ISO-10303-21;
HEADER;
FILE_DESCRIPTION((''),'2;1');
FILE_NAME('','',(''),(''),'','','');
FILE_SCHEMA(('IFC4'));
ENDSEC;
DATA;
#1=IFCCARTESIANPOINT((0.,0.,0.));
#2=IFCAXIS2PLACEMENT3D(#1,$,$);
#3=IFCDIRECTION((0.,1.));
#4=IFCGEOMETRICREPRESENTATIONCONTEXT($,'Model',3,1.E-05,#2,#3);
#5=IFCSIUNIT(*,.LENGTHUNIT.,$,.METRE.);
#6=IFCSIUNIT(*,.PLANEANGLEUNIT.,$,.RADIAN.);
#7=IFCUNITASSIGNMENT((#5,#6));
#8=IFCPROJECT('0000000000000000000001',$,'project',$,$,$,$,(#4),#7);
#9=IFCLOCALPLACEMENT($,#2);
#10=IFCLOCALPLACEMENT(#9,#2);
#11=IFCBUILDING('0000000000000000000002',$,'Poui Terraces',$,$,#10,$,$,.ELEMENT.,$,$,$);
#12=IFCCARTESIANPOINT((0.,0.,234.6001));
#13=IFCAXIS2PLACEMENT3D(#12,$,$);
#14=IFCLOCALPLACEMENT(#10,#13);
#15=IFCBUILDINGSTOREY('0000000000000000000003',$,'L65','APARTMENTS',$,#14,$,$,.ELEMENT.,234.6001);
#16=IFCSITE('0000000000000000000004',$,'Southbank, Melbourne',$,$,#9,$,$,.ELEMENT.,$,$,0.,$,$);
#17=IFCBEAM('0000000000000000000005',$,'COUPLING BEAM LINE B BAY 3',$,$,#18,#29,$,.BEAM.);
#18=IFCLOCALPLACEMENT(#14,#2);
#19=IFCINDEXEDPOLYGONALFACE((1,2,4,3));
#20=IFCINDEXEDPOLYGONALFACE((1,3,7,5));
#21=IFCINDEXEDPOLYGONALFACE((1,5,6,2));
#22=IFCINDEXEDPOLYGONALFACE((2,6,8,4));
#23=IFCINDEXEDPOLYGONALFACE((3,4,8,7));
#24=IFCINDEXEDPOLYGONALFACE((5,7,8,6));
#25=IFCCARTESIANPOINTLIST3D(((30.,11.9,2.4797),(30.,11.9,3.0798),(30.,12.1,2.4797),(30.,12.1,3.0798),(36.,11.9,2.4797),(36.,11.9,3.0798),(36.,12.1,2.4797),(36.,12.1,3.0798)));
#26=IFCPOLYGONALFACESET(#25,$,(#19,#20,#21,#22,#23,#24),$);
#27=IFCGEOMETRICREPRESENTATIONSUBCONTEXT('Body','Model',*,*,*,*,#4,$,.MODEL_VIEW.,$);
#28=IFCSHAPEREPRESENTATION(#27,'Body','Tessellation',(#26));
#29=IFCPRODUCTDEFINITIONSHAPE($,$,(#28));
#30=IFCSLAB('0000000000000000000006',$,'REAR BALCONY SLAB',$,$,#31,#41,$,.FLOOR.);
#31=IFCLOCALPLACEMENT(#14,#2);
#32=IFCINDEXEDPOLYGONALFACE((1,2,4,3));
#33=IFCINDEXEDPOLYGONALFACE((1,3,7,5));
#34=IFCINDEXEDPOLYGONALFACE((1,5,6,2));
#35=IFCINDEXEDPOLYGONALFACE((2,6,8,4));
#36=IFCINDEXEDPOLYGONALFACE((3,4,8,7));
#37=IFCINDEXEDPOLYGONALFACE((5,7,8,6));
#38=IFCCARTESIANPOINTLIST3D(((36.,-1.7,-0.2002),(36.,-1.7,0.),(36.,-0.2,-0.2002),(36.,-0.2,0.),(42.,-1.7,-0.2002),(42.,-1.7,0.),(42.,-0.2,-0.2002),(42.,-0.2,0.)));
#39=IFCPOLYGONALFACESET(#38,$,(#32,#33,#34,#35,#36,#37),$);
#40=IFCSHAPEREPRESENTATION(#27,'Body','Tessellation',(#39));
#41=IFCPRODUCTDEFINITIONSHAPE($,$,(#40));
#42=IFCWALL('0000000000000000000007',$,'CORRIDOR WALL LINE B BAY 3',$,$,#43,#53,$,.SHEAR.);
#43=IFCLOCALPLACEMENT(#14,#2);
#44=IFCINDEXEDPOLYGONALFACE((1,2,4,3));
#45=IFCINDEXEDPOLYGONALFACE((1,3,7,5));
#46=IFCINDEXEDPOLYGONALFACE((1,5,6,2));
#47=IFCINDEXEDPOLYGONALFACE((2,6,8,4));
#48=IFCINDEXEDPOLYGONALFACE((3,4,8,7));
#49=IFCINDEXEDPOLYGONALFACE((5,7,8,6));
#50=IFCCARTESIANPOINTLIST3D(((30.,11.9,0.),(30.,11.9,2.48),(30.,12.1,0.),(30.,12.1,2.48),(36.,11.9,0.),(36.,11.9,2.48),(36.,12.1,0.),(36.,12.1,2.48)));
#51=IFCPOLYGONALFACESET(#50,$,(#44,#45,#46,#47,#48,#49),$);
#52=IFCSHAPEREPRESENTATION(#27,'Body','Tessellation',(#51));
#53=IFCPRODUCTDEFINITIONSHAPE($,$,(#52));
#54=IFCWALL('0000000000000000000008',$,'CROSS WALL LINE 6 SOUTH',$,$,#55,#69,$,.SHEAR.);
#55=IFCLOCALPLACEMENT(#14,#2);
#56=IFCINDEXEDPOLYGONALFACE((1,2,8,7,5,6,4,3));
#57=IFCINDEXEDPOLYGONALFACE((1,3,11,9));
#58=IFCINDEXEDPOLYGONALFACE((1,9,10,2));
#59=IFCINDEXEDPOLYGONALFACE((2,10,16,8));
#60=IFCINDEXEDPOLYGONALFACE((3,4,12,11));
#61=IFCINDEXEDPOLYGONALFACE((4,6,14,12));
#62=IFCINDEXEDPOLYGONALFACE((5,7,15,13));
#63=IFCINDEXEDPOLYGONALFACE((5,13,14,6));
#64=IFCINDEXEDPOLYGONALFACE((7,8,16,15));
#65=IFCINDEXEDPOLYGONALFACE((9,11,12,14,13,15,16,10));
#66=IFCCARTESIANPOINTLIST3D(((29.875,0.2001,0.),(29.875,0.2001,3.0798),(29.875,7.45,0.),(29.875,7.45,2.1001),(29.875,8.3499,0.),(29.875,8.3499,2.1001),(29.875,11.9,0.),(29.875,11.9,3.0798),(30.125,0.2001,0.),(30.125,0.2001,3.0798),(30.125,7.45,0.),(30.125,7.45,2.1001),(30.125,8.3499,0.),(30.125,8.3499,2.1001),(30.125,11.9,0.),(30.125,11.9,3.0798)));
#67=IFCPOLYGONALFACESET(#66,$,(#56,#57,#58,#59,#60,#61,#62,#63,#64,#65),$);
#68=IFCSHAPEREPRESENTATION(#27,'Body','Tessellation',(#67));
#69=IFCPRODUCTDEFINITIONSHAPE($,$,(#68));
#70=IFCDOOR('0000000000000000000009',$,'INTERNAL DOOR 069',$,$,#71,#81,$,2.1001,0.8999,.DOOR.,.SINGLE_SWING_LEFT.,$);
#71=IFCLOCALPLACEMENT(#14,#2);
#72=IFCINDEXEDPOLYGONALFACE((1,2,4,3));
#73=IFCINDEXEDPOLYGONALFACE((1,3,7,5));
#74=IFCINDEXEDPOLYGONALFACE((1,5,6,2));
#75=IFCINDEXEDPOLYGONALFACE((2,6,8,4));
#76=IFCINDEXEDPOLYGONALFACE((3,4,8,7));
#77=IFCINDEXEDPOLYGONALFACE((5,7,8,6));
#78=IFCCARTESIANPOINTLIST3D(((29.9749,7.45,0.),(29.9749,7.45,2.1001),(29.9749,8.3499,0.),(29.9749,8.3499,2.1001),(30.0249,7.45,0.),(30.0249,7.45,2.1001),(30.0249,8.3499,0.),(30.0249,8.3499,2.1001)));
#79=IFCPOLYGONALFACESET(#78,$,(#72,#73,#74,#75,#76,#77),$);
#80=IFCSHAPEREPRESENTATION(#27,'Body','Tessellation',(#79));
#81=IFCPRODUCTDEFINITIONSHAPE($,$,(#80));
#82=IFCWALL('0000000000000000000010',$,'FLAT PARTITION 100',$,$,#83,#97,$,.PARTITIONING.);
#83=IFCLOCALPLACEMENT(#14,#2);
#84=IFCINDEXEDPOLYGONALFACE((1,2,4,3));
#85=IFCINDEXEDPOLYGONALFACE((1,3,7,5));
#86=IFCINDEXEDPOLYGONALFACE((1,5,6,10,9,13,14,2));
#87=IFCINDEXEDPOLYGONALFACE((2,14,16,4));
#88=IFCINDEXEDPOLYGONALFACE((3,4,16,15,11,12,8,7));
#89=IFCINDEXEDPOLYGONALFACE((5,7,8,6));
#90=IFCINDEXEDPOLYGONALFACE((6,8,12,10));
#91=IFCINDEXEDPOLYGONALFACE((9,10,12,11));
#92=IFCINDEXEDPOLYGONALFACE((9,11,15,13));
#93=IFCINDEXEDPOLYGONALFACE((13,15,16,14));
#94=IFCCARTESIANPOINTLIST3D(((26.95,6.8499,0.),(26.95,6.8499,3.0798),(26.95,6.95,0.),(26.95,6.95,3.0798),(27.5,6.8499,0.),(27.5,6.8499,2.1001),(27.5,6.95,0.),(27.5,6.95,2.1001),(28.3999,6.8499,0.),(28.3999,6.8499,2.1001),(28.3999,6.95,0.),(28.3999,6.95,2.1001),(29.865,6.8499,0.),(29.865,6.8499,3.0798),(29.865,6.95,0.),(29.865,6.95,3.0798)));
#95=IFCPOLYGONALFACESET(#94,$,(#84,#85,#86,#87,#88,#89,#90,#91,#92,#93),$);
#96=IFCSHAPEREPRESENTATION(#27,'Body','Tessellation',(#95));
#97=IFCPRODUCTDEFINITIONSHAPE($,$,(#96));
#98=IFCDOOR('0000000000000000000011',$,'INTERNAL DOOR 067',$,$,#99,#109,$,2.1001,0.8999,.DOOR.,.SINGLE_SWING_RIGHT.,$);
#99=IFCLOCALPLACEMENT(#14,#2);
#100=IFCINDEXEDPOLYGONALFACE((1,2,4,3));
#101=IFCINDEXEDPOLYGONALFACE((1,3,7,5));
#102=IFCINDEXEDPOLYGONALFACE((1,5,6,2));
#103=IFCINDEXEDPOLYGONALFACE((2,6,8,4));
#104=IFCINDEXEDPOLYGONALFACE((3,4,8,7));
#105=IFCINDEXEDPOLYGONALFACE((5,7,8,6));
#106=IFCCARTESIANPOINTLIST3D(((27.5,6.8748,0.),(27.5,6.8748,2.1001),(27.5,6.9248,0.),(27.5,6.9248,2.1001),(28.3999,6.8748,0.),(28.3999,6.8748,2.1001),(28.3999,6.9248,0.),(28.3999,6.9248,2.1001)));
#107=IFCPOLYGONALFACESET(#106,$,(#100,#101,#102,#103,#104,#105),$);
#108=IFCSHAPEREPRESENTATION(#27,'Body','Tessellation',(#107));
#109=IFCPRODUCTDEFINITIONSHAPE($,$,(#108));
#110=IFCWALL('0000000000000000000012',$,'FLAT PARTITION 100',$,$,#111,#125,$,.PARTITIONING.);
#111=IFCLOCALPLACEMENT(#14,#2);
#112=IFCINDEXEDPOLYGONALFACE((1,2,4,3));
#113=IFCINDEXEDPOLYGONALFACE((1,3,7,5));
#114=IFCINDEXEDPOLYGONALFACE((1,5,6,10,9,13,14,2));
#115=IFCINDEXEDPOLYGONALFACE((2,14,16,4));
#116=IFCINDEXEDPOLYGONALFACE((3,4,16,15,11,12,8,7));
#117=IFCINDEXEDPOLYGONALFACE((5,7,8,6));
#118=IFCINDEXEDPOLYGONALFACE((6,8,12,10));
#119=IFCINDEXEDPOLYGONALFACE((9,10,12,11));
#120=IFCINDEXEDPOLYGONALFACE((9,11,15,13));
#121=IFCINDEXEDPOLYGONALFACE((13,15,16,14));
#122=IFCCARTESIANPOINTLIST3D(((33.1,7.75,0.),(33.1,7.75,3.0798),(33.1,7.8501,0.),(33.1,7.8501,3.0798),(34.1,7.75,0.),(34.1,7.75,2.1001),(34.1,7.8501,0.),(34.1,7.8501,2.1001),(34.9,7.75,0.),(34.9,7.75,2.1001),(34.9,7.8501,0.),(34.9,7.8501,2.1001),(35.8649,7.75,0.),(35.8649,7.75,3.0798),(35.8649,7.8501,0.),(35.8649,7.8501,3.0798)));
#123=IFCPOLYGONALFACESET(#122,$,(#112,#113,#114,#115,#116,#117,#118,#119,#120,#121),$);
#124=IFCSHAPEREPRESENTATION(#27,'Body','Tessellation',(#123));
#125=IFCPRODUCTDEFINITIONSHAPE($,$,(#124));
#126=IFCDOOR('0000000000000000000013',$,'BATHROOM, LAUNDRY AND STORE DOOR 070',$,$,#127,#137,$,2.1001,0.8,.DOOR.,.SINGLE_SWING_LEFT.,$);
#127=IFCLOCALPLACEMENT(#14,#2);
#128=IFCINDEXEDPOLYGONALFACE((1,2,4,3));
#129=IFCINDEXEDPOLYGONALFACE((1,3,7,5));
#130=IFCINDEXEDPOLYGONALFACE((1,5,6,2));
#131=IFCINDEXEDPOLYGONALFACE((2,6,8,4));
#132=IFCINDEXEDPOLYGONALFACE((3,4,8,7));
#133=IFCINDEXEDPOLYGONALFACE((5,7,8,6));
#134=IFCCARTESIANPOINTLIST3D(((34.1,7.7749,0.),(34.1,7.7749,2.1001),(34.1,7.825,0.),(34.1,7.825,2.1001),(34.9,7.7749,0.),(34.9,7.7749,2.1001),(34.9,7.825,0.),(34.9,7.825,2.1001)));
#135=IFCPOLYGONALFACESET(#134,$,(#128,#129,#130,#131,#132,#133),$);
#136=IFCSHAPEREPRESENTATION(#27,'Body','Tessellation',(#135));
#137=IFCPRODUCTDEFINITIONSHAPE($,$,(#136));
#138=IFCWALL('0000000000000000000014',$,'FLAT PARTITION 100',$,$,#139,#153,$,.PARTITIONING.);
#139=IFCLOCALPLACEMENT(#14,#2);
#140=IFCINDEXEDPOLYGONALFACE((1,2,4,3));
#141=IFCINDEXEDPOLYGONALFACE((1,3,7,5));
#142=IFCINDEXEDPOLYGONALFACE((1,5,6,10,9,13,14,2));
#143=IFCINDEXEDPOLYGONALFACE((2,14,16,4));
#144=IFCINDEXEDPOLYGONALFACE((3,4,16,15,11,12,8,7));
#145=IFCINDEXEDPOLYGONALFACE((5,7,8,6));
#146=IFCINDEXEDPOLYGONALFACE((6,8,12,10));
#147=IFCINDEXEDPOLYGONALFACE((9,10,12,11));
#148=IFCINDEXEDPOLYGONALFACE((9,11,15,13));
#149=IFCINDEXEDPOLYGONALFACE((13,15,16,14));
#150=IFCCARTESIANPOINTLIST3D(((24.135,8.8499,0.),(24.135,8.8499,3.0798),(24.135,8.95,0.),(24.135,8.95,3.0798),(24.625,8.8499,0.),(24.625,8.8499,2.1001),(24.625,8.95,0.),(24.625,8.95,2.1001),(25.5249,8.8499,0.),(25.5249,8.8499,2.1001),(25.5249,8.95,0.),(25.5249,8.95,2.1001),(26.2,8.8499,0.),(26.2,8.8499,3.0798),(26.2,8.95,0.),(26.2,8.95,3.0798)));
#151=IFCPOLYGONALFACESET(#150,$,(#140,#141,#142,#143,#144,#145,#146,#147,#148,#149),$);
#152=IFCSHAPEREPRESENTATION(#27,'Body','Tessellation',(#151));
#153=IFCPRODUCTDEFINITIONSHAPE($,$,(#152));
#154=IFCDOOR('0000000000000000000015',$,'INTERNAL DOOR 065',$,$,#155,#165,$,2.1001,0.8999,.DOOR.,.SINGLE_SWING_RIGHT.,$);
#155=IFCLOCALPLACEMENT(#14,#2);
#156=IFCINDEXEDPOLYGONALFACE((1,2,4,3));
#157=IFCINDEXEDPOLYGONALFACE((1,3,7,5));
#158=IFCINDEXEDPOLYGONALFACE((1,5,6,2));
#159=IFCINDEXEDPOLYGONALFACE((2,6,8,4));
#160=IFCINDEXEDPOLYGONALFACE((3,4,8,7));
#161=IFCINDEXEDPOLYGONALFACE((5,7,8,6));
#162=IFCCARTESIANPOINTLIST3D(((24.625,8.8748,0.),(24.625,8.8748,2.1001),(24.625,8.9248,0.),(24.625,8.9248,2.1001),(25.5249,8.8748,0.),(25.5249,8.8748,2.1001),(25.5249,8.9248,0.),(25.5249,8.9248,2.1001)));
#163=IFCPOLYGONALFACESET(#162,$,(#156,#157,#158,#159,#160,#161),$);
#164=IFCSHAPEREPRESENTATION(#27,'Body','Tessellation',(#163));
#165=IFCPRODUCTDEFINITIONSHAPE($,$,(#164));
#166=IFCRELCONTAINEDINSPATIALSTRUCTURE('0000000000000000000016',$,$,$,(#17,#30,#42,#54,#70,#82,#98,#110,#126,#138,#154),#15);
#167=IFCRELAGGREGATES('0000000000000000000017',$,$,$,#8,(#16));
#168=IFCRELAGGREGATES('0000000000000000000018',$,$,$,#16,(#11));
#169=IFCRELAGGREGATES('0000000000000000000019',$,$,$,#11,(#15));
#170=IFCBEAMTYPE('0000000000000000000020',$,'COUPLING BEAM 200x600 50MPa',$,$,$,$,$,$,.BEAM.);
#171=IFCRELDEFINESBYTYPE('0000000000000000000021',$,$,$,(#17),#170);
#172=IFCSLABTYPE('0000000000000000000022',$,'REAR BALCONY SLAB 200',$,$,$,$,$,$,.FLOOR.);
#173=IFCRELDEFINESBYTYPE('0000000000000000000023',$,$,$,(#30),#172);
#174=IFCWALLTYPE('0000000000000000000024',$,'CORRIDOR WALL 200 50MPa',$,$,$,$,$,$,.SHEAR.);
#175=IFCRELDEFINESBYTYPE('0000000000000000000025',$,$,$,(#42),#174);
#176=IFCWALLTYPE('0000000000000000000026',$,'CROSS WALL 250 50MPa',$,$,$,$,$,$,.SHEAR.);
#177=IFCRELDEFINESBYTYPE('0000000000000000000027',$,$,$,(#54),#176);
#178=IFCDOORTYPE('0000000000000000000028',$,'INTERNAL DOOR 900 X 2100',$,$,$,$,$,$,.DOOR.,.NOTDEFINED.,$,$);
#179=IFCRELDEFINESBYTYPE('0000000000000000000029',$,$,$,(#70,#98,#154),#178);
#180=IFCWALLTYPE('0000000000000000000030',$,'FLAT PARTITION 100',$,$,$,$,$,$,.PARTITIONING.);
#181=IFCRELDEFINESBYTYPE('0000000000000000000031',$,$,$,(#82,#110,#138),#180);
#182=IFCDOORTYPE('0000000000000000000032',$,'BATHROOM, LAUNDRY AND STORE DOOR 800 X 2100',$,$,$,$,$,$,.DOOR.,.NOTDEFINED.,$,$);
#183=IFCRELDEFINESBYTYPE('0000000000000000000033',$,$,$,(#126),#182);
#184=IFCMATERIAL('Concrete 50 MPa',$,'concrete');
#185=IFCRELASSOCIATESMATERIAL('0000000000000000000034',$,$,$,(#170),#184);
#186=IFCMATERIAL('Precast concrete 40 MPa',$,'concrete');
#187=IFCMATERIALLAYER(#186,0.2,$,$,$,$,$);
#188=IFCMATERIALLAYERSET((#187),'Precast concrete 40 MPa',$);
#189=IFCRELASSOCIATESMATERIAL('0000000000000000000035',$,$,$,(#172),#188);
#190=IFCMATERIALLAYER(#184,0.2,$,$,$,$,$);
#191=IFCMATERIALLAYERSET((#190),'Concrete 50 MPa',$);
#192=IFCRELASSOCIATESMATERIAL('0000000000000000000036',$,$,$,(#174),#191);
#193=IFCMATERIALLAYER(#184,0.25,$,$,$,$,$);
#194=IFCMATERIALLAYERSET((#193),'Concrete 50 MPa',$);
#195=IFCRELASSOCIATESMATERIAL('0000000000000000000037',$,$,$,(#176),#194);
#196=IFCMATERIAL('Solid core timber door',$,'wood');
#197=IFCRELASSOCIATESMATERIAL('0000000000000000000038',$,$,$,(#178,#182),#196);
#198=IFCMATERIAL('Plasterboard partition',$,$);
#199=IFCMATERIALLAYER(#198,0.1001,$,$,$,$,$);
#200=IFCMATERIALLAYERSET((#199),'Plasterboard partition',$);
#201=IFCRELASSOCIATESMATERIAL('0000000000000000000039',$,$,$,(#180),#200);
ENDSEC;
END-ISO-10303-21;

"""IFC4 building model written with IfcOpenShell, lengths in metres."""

from ifc_helpers import new_model, si_unit, direction, frame, frame_2d, origin, origin_2d, place, context, subcontext, project, spatial, polyline, rectangle, outline, extrude, source, transform, mapped, material, layer, layer_set, material_profile, profile_set, type_object, element, fill, save


model = new_model("IFC4")

# Units and contexts
model_context = context("Model", 3, precision=1e-05, world=origin(), true_north=direction((0.0, 1.0)))
body_context = subcontext(model_context, "Body", "Model", "MODEL_VIEW")
ifc_project = project(units=[si_unit("LENGTHUNIT", "METRE"), si_unit("PLANEANGLEUNIT", "RADIAN")], contexts=[model_context])

# Site, building, storey
site_placement = place(None, origin())
site = spatial("IfcSite", under=ifc_project, at=site_placement, Name="Southbank, Melbourne", CompositionType="ELEMENT", RefElevation=0.0)
building_placement = place(site_placement, origin())
building = spatial("IfcBuilding", under=site, at=building_placement, Name="Poui Terraces", CompositionType="ELEMENT")
storey_placement = place(building_placement, frame((0.0, 0.0, 234.6001)))
storey = spatial("IfcBuildingStorey", under=building, at=storey_placement, Name="L65", Description="APARTMENTS", CompositionType="ELEMENT", Elevation=234.6001)

# Beam
ifc_material_1 = material(Name="Concrete 50 MPa", Category="concrete")
ifc_material_profile_1 = material_profile(ifc_material_1, rectangle(XDim=0.2, YDim=0.6001, at=origin_2d()), Name="RC 200x600")
ifc_profile_set_1 = profile_set([ifc_material_profile_1], Name="Concrete 50 MPa")
beam_type = type_object("IfcBeamType", Name="COUPLING BEAM 200x600 50MPa", PredefinedType="BEAM", material=ifc_profile_set_1)
shared_shape_1 = source(origin(), body_context, "Body", "SweptSolid", [
    extrude(rectangle(XDim=0.2, YDim=0.6001, at=origin_2d()), origin(), (0.0, 0.0, 1.0), 6.0),
])
beam_placement = place(storey_placement, frame((30.0, 12.0, 2.7798), z_axis=(1.0, 0.0, 0.0), x_axis=(0.0, 1.0, 0.0)))
element("IfcBeam", 1, at=beam_placement, inside=storey, type_object=beam_type, Name="COUPLING BEAM LINE B BAY 3", PredefinedType="BEAM", context=body_context, shape_type="MappedRepresentation", body=[
    mapped(shared_shape_1, transform((0.0, 0.0, 0.0))),
])

# Slab
ifc_material_2 = material(Name="Precast concrete 40 MPa", Category="concrete")
ifc_layer_1 = layer(ifc_material_2, 0.2)
ifc_layer_set_1 = layer_set([ifc_layer_1], Name="Precast concrete 40 MPa")
slab_type = type_object("IfcSlabType", Name="REAR BALCONY SLAB 200", PredefinedType="FLOOR", material=ifc_layer_set_1)
shared_shape_2 = source(origin(), body_context, "Body", "SweptSolid", [
    extrude(outline(polyline([(0.0, 0.0), (6.0, 0.0), (6.0, 1.5), (0.0, 1.5), (0.0, 0.0)])), origin(), (0.0, 0.0, 1.0), 0.2002),
])
slab_placement = place(storey_placement, frame((36.0, -1.7, -0.2002)))
element("IfcSlab", 2, at=slab_placement, inside=storey, type_object=slab_type, Name="REAR BALCONY SLAB", PredefinedType="FLOOR", context=body_context, shape_type="MappedRepresentation", body=[
    mapped(shared_shape_2, transform((0.0, 0.0, 0.0))),
])

# Wall
ifc_layer_2 = layer(ifc_material_1, 0.2)
ifc_layer_set_2 = layer_set([ifc_layer_2], Name="Concrete 50 MPa")
wall_type_1 = type_object("IfcWallType", Name="CORRIDOR WALL 200 50MPa", PredefinedType="SHEAR", material=ifc_layer_set_2)
wall_1_placement = place(storey_placement, frame((30.0, 12.0, 0.0), z_axis=(0.0, 0.0, 1.0), x_axis=(1.0, 0.0, 0.0)))
element("IfcWall", 3, at=wall_1_placement, inside=storey, type_object=wall_type_1, Name="CORRIDOR WALL LINE B BAY 3", PredefinedType="SHEAR", context=body_context, shape_type="SweptSolid", body=[
    extrude(rectangle(XDim=6.0, YDim=0.2, at=frame_2d((3.0, 0.0))), origin(), (0.0, 0.0, 1.0), 2.48),
])

# Walls, openings, doors
ifc_layer_3 = layer(ifc_material_1, 0.25)
ifc_layer_set_3 = layer_set([ifc_layer_3], Name="Concrete 50 MPa")
wall_type_2 = type_object("IfcWallType", Name="CROSS WALL 250 50MPa", PredefinedType="SHEAR", material=ifc_layer_set_3)
wall_2_placement = place(storey_placement, frame((30.0, 0.2, 0.0), z_axis=(0.0, 0.0, 1.0), x_axis=(0.0, 1.0, 0.0)))
wall_2 = element("IfcWall", 4, at=wall_2_placement, inside=storey, type_object=wall_type_2, Name="CROSS WALL LINE 6 SOUTH", PredefinedType="SHEAR", context=body_context, shape_type="SweptSolid", body=[
    extrude(rectangle(XDim=11.7, YDim=0.25, at=frame_2d((5.8501, 0.0))), origin(), (0.0, 0.0, 1.0), 3.0798),
])
opening_1_placement = place(wall_2_placement, frame((7.25, 0.0, 0.0)))
opening_1 = element("IfcOpeningElement", 5, at=opening_1_placement, cuts=wall_2, PredefinedType="OPENING", context=body_context, shape_type="SweptSolid", body=[
    extrude(rectangle(XDim=0.8999, YDim=2.1001, at=frame_2d((0.45, 1.05))), frame((0.0, 0.135, 0.0), z_axis=(0.0, -1.0, 0.0), x_axis=(1.0, 0.0, 0.0)), (0.0, 0.0, 1.0), 0.27),
])
ifc_material_3 = material(Name="Solid core timber door", Category="wood")
door_type_1 = type_object("IfcDoorType", Name="INTERNAL DOOR 900 X 2100", OperationType="NOTDEFINED", PredefinedType="DOOR", material=ifc_material_3)
door_1_placement = place(opening_1_placement, frame((0.8999, 0.0, 0.0), z_axis=(0.0, 0.0, 1.0), x_axis=(-1.0, 0.0, 0.0)))
door_1 = element("IfcDoor", 6, at=door_1_placement, inside=storey, type_object=door_type_1, Name="INTERNAL DOOR 069", OperationType="SINGLE_SWING_LEFT", OverallHeight=2.1001, OverallWidth=0.8999, PredefinedType="DOOR", context=body_context, shape_type="SweptSolid", body=[
    extrude(rectangle(XDim=0.8999, YDim=2.1001, at=frame_2d((0.45, 1.05))), frame((0.0, 0.0249, 0.0), z_axis=(0.0, -1.0, 0.0), x_axis=(1.0, 0.0, 0.0)), (0.0, 0.0, 1.0), 0.05),
])
fill(opening_1, door_1)
ifc_material_4 = material(Name="Plasterboard partition")
ifc_layer_4 = layer(ifc_material_4, 0.1001)
ifc_layer_set_4 = layer_set([ifc_layer_4], Name="Plasterboard partition")
wall_type_3 = type_object("IfcWallType", Name="FLAT PARTITION 100", PredefinedType="PARTITIONING", material=ifc_layer_set_4)
wall_3_placement = place(storey_placement, frame((26.95, 6.8999, 0.0), z_axis=(0.0, 0.0, 1.0), x_axis=(1.0, 0.0, 0.0)))
wall_3 = element("IfcWall", 7, at=wall_3_placement, inside=storey, type_object=wall_type_3, Name="FLAT PARTITION 100", PredefinedType="PARTITIONING", context=body_context, shape_type="SweptSolid", body=[
    extrude(rectangle(XDim=2.915, YDim=0.1001, at=frame_2d((1.4575, 0.0))), origin(), (0.0, 0.0, 1.0), 3.0798),
])
opening_2_placement = place(wall_3_placement, frame((0.55, 0.0, 0.0)))
opening_2 = element("IfcOpeningElement", 8, at=opening_2_placement, cuts=wall_3, PredefinedType="OPENING", context=body_context, shape_type="SweptSolid", body=[
    extrude(rectangle(XDim=0.8999, YDim=2.1001, at=frame_2d((0.45, 1.05))), frame((0.0, 0.0601, 0.0), z_axis=(0.0, -1.0, 0.0), x_axis=(1.0, 0.0, 0.0)), (0.0, 0.0, 1.0), 0.1201),
])
door_2_placement = place(opening_2_placement, origin())
door_2 = element("IfcDoor", 9, at=door_2_placement, inside=storey, type_object=door_type_1, Name="INTERNAL DOOR 067", OperationType="SINGLE_SWING_RIGHT", OverallHeight=2.1001, OverallWidth=0.8999, PredefinedType="DOOR", context=body_context, shape_type="SweptSolid", body=[
    extrude(rectangle(XDim=0.8999, YDim=2.1001, at=frame_2d((0.45, 1.05))), frame((0.0, 0.0249, 0.0), z_axis=(0.0, -1.0, 0.0), x_axis=(1.0, 0.0, 0.0)), (0.0, 0.0, 1.0), 0.05),
])
fill(opening_2, door_2)
wall_4_placement = place(storey_placement, frame((33.1001, 7.8, 0.0), z_axis=(0.0, 0.0, 1.0), x_axis=(1.0, 0.0, 0.0)))
wall_4 = element("IfcWall", 10, at=wall_4_placement, inside=storey, type_object=wall_type_3, Name="FLAT PARTITION 100", PredefinedType="PARTITIONING", context=body_context, shape_type="SweptSolid", body=[
    extrude(rectangle(XDim=2.7649, YDim=0.1001, at=frame_2d((1.3823, 0.0))), origin(), (0.0, 0.0, 1.0), 3.0798),
])
opening_3_placement = place(wall_4_placement, frame((1.0, 0.0, 0.0)))
opening_3 = element("IfcOpeningElement", 11, at=opening_3_placement, cuts=wall_4, PredefinedType="OPENING", context=body_context, shape_type="SweptSolid", body=[
    extrude(rectangle(XDim=0.8, YDim=2.1001, at=frame_2d((0.3999, 1.05))), frame((0.0, 0.0601, 0.0), z_axis=(0.0, -1.0, 0.0), x_axis=(1.0, 0.0, 0.0)), (0.0, 0.0, 1.0), 0.1201),
])
door_type_2 = type_object("IfcDoorType", Name="BATHROOM, LAUNDRY AND STORE DOOR 800 X 2100", OperationType="NOTDEFINED", PredefinedType="DOOR", material=ifc_material_3)
door_3_placement = place(opening_3_placement, origin())
door_3 = element("IfcDoor", 12, at=door_3_placement, inside=storey, type_object=door_type_2, Name="BATHROOM, LAUNDRY AND STORE DOOR 070", OperationType="SINGLE_SWING_LEFT", OverallHeight=2.1001, OverallWidth=0.8, PredefinedType="DOOR", context=body_context, shape_type="SweptSolid", body=[
    extrude(rectangle(XDim=0.8, YDim=2.1001, at=frame_2d((0.3999, 1.05))), frame((0.0, 0.0249, 0.0), z_axis=(0.0, -1.0, 0.0), x_axis=(1.0, 0.0, 0.0)), (0.0, 0.0, 1.0), 0.05),
])
fill(opening_3, door_3)
wall_5_placement = place(storey_placement, frame((24.135, 8.8999, 0.0), z_axis=(0.0, 0.0, 1.0), x_axis=(1.0, 0.0, 0.0)))
wall_5 = element("IfcWall", 13, at=wall_5_placement, inside=storey, type_object=wall_type_3, Name="FLAT PARTITION 100", PredefinedType="PARTITIONING", context=body_context, shape_type="SweptSolid", body=[
    extrude(rectangle(XDim=2.0649, YDim=0.1001, at=frame_2d((1.0325, 0.0))), origin(), (0.0, 0.0, 1.0), 3.0798),
])
opening_4_placement = place(wall_5_placement, frame((0.49, 0.0, 0.0)))
opening_4 = element("IfcOpeningElement", 14, at=opening_4_placement, cuts=wall_5, PredefinedType="OPENING", context=body_context, shape_type="SweptSolid", body=[
    extrude(rectangle(XDim=0.8999, YDim=2.1001, at=frame_2d((0.45, 1.05))), frame((0.0, 0.0601, 0.0), z_axis=(0.0, -1.0, 0.0), x_axis=(1.0, 0.0, 0.0)), (0.0, 0.0, 1.0), 0.1201),
])
door_4_placement = place(opening_4_placement, origin())
door_4 = element("IfcDoor", 15, at=door_4_placement, inside=storey, type_object=door_type_1, Name="INTERNAL DOOR 065", OperationType="SINGLE_SWING_RIGHT", OverallHeight=2.1001, OverallWidth=0.8999, PredefinedType="DOOR", context=body_context, shape_type="SweptSolid", body=[
    extrude(rectangle(XDim=0.8999, YDim=2.1001, at=frame_2d((0.45, 1.05))), frame((0.0, 0.0249, 0.0), z_axis=(0.0, -1.0, 0.0), x_axis=(1.0, 0.0, 0.0)), (0.0, 0.0, 1.0), 0.05),
])
fill(opening_4, door_4)

save(model, "model.ifc")
